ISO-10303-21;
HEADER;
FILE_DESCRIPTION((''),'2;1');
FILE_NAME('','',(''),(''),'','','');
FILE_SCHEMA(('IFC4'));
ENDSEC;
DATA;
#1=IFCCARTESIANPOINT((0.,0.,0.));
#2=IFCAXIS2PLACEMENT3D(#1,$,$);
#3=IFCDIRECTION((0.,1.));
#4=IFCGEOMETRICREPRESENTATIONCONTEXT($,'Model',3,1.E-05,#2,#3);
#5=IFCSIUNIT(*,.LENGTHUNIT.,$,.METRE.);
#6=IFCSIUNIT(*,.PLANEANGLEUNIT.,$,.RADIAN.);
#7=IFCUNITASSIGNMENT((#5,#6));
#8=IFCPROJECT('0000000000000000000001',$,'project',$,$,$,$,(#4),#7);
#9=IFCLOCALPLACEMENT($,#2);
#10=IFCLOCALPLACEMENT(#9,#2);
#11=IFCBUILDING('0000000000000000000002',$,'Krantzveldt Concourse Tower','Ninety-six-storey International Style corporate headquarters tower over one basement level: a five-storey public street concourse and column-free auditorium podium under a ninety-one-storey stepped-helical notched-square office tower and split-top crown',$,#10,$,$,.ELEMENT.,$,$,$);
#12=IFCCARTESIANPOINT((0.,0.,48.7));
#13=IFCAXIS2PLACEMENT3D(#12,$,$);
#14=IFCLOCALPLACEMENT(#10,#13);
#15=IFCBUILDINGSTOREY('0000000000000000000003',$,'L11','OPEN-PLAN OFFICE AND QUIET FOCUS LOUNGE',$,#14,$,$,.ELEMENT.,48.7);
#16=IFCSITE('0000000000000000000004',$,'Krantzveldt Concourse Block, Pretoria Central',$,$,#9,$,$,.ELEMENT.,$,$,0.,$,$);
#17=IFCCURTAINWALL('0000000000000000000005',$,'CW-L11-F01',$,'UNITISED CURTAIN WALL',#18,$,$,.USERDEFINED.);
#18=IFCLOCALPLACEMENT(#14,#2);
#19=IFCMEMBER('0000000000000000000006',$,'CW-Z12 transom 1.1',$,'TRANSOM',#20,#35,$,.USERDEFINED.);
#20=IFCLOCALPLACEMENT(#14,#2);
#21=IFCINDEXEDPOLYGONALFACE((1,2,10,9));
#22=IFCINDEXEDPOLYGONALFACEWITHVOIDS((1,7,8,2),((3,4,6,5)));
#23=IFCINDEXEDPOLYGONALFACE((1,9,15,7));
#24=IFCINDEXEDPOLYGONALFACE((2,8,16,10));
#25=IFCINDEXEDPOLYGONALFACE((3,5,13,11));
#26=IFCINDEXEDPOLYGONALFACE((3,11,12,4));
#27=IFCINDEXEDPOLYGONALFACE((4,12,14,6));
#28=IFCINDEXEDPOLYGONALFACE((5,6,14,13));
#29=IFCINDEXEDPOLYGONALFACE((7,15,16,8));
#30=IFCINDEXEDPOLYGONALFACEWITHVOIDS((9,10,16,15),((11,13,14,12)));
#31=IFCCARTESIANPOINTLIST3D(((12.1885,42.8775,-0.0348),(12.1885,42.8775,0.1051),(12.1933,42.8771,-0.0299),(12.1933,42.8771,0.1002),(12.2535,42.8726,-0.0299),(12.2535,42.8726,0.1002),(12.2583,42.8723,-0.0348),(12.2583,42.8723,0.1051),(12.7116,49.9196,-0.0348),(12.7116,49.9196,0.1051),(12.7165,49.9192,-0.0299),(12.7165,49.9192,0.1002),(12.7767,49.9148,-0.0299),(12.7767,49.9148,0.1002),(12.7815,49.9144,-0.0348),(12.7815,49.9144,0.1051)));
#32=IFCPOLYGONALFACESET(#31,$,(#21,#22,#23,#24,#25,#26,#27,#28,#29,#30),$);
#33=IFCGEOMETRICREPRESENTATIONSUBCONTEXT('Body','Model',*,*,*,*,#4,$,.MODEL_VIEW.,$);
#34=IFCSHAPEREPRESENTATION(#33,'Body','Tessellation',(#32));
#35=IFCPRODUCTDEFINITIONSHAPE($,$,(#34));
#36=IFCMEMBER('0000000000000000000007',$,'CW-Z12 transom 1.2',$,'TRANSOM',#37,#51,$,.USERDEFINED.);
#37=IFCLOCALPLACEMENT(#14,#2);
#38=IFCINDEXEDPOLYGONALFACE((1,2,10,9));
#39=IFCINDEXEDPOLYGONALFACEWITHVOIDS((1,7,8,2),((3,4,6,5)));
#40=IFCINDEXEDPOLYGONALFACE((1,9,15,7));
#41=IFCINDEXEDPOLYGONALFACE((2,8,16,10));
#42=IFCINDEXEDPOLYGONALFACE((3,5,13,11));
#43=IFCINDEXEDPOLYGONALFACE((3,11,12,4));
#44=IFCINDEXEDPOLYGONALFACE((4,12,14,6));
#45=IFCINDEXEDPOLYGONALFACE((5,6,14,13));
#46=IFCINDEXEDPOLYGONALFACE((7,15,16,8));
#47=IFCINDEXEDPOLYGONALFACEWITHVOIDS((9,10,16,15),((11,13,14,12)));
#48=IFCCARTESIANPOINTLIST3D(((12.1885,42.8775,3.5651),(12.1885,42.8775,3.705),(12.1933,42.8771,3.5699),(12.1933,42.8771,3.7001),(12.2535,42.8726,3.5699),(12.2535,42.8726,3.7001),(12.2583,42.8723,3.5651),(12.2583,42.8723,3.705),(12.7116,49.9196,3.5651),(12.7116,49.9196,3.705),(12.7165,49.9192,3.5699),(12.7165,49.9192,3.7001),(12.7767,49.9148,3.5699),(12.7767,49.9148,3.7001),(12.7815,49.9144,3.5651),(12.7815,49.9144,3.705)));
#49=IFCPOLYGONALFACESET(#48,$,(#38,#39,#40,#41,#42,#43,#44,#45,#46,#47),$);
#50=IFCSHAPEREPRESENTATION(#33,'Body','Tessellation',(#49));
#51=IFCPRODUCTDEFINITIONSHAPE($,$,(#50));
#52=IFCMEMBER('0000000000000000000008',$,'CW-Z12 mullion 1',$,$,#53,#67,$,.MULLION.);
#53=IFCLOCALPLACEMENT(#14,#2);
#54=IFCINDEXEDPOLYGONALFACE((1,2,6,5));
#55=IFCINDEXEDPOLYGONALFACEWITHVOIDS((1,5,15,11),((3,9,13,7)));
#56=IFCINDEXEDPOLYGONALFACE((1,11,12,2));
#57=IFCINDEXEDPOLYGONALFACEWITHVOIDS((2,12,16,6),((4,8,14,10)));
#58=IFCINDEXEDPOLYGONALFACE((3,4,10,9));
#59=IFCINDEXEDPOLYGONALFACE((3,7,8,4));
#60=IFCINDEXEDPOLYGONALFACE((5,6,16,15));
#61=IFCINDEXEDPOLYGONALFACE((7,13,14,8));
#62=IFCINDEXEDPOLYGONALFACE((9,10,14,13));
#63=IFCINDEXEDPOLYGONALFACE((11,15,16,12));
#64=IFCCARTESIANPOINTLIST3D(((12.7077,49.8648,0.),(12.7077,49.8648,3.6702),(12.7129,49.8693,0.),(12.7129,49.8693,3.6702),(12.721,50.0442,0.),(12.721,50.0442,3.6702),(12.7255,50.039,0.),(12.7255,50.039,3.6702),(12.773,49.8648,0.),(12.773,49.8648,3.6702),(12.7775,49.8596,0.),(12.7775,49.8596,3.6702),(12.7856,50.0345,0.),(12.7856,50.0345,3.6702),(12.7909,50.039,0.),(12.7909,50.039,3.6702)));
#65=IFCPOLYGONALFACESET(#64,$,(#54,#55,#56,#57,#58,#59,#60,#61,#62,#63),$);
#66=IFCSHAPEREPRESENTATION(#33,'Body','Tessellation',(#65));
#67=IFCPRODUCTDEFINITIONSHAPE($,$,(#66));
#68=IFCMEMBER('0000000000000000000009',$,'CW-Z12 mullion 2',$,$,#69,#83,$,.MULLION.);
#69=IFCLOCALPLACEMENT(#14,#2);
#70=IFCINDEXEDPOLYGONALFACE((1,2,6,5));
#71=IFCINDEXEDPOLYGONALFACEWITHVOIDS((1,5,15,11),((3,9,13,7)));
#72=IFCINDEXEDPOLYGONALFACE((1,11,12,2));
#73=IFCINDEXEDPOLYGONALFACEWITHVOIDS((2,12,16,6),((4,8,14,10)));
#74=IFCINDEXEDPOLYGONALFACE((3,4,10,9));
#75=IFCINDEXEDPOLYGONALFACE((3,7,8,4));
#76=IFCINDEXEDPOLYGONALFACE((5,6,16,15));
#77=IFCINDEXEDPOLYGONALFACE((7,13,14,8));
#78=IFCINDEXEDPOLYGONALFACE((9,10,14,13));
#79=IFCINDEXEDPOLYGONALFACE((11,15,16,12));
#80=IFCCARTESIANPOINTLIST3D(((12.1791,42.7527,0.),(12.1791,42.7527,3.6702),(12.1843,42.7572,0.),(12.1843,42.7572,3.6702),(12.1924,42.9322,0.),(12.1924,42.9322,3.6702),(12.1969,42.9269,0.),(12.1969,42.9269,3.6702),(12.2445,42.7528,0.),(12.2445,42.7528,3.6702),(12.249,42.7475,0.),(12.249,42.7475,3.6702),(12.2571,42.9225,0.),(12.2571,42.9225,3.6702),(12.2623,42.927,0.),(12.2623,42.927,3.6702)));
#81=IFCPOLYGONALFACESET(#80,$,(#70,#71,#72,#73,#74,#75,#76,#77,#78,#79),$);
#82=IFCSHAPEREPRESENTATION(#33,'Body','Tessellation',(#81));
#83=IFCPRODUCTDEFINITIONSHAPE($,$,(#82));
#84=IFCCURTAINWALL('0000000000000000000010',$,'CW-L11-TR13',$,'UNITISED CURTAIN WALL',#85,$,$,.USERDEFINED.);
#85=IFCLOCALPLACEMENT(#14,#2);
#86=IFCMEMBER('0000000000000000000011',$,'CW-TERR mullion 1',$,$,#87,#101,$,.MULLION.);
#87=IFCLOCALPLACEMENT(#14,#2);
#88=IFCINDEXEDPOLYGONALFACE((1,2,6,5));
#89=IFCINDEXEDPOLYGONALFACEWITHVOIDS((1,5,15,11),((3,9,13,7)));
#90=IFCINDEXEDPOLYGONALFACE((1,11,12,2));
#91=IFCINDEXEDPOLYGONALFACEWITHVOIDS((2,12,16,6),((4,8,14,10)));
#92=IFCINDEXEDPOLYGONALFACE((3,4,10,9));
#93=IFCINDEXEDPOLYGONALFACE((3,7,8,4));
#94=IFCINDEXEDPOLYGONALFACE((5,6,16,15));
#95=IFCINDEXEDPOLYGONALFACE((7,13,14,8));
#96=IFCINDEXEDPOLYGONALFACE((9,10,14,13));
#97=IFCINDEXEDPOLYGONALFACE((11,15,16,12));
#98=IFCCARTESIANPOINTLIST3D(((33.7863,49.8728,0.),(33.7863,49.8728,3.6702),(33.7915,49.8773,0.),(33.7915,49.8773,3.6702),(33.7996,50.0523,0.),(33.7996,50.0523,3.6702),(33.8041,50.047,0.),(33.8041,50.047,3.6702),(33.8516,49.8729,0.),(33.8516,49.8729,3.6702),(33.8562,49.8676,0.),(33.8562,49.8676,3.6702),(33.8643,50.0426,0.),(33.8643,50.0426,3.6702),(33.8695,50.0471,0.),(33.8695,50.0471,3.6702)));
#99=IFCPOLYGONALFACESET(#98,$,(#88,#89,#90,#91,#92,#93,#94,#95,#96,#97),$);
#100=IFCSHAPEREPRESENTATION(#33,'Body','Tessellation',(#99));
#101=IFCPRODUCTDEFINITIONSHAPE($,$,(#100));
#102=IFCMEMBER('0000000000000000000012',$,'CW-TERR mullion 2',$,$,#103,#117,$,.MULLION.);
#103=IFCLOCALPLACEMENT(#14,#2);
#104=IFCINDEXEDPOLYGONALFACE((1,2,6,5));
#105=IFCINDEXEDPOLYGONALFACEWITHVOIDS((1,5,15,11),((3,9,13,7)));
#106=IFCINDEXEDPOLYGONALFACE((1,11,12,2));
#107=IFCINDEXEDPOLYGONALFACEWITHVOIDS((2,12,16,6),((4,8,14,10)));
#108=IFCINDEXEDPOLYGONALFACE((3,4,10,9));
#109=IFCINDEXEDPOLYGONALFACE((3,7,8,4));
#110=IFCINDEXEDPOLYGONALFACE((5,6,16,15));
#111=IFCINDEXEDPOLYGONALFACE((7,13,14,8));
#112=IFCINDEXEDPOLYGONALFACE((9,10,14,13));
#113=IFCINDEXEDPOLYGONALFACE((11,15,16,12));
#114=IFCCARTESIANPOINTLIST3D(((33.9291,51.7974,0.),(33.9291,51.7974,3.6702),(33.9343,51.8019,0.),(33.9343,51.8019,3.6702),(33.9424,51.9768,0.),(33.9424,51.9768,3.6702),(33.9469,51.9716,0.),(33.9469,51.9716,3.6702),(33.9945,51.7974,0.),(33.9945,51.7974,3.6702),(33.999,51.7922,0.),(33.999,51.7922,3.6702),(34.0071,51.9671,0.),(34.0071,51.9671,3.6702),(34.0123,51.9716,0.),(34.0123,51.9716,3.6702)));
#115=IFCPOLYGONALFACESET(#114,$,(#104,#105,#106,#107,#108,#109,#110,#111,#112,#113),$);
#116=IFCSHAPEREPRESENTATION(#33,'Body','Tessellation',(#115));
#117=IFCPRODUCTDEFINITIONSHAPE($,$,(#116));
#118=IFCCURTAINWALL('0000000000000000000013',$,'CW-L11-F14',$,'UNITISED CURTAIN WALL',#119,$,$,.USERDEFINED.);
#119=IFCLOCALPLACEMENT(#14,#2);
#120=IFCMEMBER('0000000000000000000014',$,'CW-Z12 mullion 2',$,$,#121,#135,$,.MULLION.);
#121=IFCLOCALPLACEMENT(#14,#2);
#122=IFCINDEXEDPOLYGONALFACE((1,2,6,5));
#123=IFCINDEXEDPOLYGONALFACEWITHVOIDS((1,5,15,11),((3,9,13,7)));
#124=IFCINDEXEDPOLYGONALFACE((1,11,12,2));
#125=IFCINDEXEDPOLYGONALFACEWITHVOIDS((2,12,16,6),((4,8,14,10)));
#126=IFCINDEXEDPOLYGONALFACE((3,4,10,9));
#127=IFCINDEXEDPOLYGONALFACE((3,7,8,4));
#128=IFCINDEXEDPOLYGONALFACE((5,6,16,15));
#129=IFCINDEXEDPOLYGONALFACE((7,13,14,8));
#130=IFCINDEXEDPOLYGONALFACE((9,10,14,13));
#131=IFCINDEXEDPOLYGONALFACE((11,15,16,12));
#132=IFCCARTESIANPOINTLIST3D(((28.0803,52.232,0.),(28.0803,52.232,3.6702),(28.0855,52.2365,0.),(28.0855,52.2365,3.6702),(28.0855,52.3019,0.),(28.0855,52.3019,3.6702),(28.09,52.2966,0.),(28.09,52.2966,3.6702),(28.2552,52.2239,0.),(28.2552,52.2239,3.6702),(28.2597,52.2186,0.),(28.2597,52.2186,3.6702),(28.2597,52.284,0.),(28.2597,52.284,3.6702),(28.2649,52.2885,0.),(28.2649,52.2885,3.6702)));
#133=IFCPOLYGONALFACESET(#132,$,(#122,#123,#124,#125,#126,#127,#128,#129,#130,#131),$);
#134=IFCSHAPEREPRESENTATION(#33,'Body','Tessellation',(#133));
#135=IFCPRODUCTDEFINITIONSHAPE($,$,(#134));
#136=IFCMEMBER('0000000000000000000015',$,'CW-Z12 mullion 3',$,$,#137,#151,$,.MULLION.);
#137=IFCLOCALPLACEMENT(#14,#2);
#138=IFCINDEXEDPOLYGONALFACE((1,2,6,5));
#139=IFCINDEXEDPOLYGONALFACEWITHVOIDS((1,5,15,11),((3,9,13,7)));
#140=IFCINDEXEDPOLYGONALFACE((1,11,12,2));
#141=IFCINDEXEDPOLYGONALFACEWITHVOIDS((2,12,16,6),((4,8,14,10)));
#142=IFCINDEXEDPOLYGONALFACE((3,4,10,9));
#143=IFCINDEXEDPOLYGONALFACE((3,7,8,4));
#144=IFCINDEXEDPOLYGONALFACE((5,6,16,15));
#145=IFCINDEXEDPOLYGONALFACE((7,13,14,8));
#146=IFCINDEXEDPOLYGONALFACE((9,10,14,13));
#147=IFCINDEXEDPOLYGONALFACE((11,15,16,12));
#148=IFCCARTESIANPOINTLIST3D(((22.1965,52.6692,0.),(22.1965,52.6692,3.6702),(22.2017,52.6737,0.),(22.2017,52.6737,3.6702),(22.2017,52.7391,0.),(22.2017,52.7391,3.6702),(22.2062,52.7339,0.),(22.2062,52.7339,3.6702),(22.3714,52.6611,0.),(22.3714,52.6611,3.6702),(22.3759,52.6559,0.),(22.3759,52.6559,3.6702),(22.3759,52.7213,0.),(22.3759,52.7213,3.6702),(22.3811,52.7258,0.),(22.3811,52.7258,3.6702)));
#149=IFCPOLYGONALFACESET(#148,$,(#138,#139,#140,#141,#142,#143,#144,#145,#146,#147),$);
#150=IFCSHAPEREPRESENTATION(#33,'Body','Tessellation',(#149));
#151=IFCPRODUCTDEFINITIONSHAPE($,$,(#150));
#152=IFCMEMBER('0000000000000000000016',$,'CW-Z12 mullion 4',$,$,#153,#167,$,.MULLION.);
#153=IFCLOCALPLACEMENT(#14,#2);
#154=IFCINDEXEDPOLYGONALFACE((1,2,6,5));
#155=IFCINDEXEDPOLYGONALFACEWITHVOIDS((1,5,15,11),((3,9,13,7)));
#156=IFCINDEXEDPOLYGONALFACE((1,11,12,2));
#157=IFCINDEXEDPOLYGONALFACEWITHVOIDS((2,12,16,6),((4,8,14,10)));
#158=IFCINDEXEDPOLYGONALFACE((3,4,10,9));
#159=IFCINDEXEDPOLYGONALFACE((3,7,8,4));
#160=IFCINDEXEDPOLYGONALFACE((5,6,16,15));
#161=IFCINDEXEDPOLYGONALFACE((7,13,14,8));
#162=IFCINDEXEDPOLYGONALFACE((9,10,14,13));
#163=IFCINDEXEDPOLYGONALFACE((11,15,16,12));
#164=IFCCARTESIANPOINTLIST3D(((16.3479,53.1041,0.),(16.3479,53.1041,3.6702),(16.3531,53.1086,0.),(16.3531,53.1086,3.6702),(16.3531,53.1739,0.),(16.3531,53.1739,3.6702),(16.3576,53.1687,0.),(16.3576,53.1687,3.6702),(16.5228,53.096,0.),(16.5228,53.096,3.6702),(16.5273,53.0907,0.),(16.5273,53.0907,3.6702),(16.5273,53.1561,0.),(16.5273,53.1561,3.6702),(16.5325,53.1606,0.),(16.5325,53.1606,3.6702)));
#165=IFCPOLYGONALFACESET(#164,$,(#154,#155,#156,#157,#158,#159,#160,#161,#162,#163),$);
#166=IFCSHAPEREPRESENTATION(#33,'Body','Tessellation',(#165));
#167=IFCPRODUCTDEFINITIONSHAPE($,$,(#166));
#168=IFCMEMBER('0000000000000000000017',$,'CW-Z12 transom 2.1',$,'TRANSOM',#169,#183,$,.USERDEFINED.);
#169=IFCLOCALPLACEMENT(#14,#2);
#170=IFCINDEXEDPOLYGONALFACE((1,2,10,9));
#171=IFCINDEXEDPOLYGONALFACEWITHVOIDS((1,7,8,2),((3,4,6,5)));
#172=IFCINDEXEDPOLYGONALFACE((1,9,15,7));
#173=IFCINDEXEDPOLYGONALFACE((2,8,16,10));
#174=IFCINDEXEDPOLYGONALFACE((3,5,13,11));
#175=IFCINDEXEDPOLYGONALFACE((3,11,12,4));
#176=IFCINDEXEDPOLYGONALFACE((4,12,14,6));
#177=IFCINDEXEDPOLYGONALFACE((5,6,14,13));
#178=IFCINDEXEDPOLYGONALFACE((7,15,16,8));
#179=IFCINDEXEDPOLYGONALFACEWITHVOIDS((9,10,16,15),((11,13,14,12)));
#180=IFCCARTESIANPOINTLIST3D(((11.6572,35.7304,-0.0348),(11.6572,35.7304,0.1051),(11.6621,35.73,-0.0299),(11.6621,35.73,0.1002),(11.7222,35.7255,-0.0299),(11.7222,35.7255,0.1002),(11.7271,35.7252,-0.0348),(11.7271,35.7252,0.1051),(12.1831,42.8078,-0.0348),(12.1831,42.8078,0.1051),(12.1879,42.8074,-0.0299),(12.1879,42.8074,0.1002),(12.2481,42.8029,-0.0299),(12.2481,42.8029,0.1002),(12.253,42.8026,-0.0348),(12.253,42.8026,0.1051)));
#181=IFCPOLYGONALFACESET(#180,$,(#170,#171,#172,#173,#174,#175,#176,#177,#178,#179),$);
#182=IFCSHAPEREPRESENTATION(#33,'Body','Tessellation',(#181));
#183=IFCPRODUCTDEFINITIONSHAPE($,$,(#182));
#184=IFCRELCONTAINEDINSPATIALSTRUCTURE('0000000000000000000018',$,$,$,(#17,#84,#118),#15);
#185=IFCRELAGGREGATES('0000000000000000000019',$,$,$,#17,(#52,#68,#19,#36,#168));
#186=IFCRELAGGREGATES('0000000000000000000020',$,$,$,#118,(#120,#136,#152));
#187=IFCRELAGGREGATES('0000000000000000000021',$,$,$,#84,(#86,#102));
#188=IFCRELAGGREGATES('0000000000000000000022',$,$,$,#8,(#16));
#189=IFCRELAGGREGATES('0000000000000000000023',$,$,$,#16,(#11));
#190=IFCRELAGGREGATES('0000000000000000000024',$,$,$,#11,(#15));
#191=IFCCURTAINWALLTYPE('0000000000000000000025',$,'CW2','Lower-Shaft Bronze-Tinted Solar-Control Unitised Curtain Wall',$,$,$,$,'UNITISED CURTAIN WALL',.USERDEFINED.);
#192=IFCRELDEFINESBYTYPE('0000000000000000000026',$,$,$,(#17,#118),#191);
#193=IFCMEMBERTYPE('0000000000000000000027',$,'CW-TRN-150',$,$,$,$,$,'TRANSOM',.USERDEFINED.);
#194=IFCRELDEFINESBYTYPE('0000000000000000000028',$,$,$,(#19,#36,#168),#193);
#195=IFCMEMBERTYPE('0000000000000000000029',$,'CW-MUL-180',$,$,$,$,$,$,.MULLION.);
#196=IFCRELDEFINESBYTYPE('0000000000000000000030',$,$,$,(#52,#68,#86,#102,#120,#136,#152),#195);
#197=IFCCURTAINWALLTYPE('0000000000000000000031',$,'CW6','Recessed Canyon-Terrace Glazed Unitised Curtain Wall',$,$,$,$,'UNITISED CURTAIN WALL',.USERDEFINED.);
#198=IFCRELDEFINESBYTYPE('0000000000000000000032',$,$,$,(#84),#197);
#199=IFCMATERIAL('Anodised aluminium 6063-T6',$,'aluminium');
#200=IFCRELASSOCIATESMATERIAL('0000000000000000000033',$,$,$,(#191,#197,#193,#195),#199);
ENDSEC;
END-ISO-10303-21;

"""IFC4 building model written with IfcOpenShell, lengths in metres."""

from ifc_helpers import new_model, si_unit, direction, frame, origin, origin_2d, place, context, subcontext, project, spatial, hollow_rectangle, extrude, source, transform, mapped, material, material_profile, profile_set, type_object, type_shapes, element, aggregate, save


model = new_model("IFC4")

# Units and contexts
model_context = context("Model", 3, precision=1e-05, world=origin(), true_north=direction((0.0, 1.0)))
body_context = subcontext(model_context, "Body", "Model", "MODEL_VIEW")
ifc_project = project(units=[si_unit("LENGTHUNIT", "METRE"), si_unit("PLANEANGLEUNIT", "RADIAN")], contexts=[model_context])

# Site, building, storey
site_placement = place(None, origin())
site = spatial("IfcSite", under=ifc_project, at=site_placement, Name="Krantzveldt Concourse Block, Pretoria Central", CompositionType="ELEMENT", RefElevation=0.0)
building_placement = place(site_placement, origin())
building = spatial("IfcBuilding", under=site, at=building_placement, Name="Krantzveldt Concourse Tower", Description="Ninety-six-storey International Style corporate headquarters tower over one basement level: a five-storey public street concourse and column-free auditorium podium under a ninety-one-storey stepped-helical notched-square office tower and split-top crown", CompositionType="ELEMENT")
storey_placement = place(building_placement, frame((0.0, 0.0, 48.7)))
storey = spatial("IfcBuildingStorey", under=building, at=storey_placement, Name="L11", Description="OPEN-PLAN OFFICE AND QUIET FOCUS LOUNGE", CompositionType="ELEMENT", Elevation=48.7)

# Curtain walls, members
ifc_material_1 = material(Name="Anodised aluminium 6063-T6", Category="aluminium")
curtain_wall_type_1 = type_object("IfcCurtainWallType", Name="CW2", Description="Lower-Shaft Bronze-Tinted Solar-Control Unitised Curtain Wall", ElementType="UNITISED CURTAIN WALL", PredefinedType="USERDEFINED", material=ifc_material_1)
curtain_wall_1_placement = place(storey_placement, origin())
curtain_wall_1 = element("IfcCurtainWall", 1, at=curtain_wall_1_placement, inside=storey, type_object=curtain_wall_type_1, Name="CW-L11-F01", ObjectType="UNITISED CURTAIN WALL", PredefinedType="USERDEFINED")
ifc_material_profile_1 = material_profile(ifc_material_1, hollow_rectangle(XDim=0.0701, YDim=0.1399, WallThickness=0.0049, at=origin_2d()), Name="Anodised aluminium 6063-T6", Category="aluminium")
ifc_profile_set_1 = profile_set([ifc_material_profile_1], Name="Anodised aluminium 6063-T6 - ALU-TRAN 140x70x5")
member_type_1 = type_object("IfcMemberType", Name="CW-TRN-150", ElementType="TRANSOM", PredefinedType="USERDEFINED", material=ifc_profile_set_1)
shared_shape_1 = source(origin(), body_context, "Body", "SweptSolid", [
    extrude(hollow_rectangle(XDim=0.0701, YDim=0.1399, WallThickness=0.0049, at=origin_2d()), origin(), (0.0, 0.0, 1.0), 7.0615),
])
member_1_placement = place(storey_placement, frame((12.7466, 49.917, 0.0352), z_axis=(-0.074089, -0.997252, 0.0), x_axis=(0.997252, -0.074089, 0.0)))
member_1 = element("IfcMember", 2, at=member_1_placement, type_object=member_type_1, Name="CW-Z12 transom 1.1", ObjectType="TRANSOM", PredefinedType="USERDEFINED", context=body_context, shape_type="MappedRepresentation", body=[
    mapped(shared_shape_1, transform((0.0, 0.0, 0.0), x_axis=(1.0, 0.0, 0.0), y_axis=(0.0, 1.0, 0.0), z_axis=(0.0, 0.0, 1.0), scale=1.0)),
])
member_2_placement = place(storey_placement, frame((12.7466, 49.917, 3.635), z_axis=(-0.074089, -0.997252, 0.0), x_axis=(0.997252, -0.074089, 0.0)))
member_2 = element("IfcMember", 3, at=member_2_placement, type_object=member_type_1, Name="CW-Z12 transom 1.2", ObjectType="TRANSOM", PredefinedType="USERDEFINED", context=body_context, shape_type="MappedRepresentation", body=[
    mapped(shared_shape_1, transform((0.0, 0.0, 0.0), x_axis=(1.0, 0.0, 0.0), y_axis=(0.0, 1.0, 0.0), z_axis=(0.0, 0.0, 1.0), scale=1.0)),
])
ifc_material_profile_2 = material_profile(ifc_material_1, hollow_rectangle(XDim=0.0701, YDim=0.1799, WallThickness=0.0049, at=origin_2d()), Name="Anodised aluminium 6063-T6", Category="aluminium")
ifc_profile_set_2 = profile_set([ifc_material_profile_2], Name="Anodised aluminium 6063-T6 - ALU-MULL 180x70x5")
member_type_2 = type_object("IfcMemberType", Name="CW-MUL-180", PredefinedType="MULLION", material=ifc_profile_set_2)
shared_shape_2 = source(origin(), body_context, "Body", "SweptSolid", [
    extrude(hollow_rectangle(XDim=0.0701, YDim=0.1799, WallThickness=0.0049, at=origin_2d()), origin(), (0.0, 0.0, 1.0), 3.6702),
])
type_shapes(member_type_2, [shared_shape_2])
member_3_placement = place(storey_placement, frame((12.7493, 49.9519, 0.0), z_axis=(0.0, 0.0, 1.0), x_axis=(0.99725, -0.074109, 0.0)))
member_3 = element("IfcMember", 4, at=member_3_placement, type_object=member_type_2, Name="CW-Z12 mullion 1", PredefinedType="MULLION", context=body_context, shape_type="MappedRepresentation", body=[
    mapped(shared_shape_2, transform((0.0, 0.0, 0.0), x_axis=(1.0, 0.0, 0.0), y_axis=(0.0, 1.0, 0.0), z_axis=(0.0, 0.0, 1.0), scale=1.0)),
])
member_4_placement = place(storey_placement, frame((12.2207, 42.8398, 0.0), z_axis=(0.0, 0.0, 1.0), x_axis=(0.99725, -0.074109, 0.0)))
member_4 = element("IfcMember", 5, at=member_4_placement, type_object=member_type_2, Name="CW-Z12 mullion 2", PredefinedType="MULLION", context=body_context, shape_type="MappedRepresentation", body=[
    mapped(shared_shape_2, transform((0.0, 0.0, 0.0), x_axis=(1.0, 0.0, 0.0), y_axis=(0.0, 1.0, 0.0), z_axis=(0.0, 0.0, 1.0), scale=1.0)),
])
curtain_wall_type_2 = type_object("IfcCurtainWallType", Name="CW6", Description="Recessed Canyon-Terrace Glazed Unitised Curtain Wall", ElementType="UNITISED CURTAIN WALL", PredefinedType="USERDEFINED", material=ifc_material_1)
curtain_wall_2_placement = place(storey_placement, origin())
curtain_wall_2 = element("IfcCurtainWall", 6, at=curtain_wall_2_placement, inside=storey, type_object=curtain_wall_type_2, Name="CW-L11-TR13", ObjectType="UNITISED CURTAIN WALL", PredefinedType="USERDEFINED")
member_5_placement = place(storey_placement, frame((33.8279, 49.96, 0.0), z_axis=(0.0, 0.0, 1.0), x_axis=(-0.99725, 0.07411, 0.0)))
member_5 = element("IfcMember", 7, at=member_5_placement, type_object=member_type_2, Name="CW-TERR mullion 1", PredefinedType="MULLION", context=body_context, shape_type="MappedRepresentation", body=[
    mapped(shared_shape_2, transform((0.0, 0.0, 0.0), x_axis=(1.0, 0.0, 0.0), y_axis=(0.0, 1.0, 0.0), z_axis=(0.0, 0.0, 1.0), scale=1.0)),
])
member_6_placement = place(storey_placement, frame((33.9707, 51.8845, 0.0), z_axis=(0.0, 0.0, 1.0), x_axis=(-0.99725, 0.07411, 0.0)))
member_6 = element("IfcMember", 8, at=member_6_placement, type_object=member_type_2, Name="CW-TERR mullion 2", PredefinedType="MULLION", context=body_context, shape_type="MappedRepresentation", body=[
    mapped(shared_shape_2, transform((0.0, 0.0, 0.0), x_axis=(1.0, 0.0, 0.0), y_axis=(0.0, 1.0, 0.0), z_axis=(0.0, 0.0, 1.0), scale=1.0)),
])
curtain_wall_3_placement = place(storey_placement, origin())
curtain_wall_3 = element("IfcCurtainWall", 9, at=curtain_wall_3_placement, inside=storey, type_object=curtain_wall_type_1, Name="CW-L11-F14", ObjectType="UNITISED CURTAIN WALL", PredefinedType="USERDEFINED")
member_7_placement = place(storey_placement, frame((28.1726, 52.2603, 0.0), z_axis=(0.0, 0.0, 1.0), x_axis=(-0.074108, -0.99725, 0.0)))
member_7 = element("IfcMember", 10, at=member_7_placement, type_object=member_type_2, Name="CW-Z12 mullion 2", PredefinedType="MULLION", context=body_context, shape_type="MappedRepresentation", body=[
    mapped(shared_shape_2, transform((0.0, 0.0, 0.0), x_axis=(1.0, 0.0, 0.0), y_axis=(0.0, 1.0, 0.0), z_axis=(0.0, 0.0, 1.0), scale=1.0)),
])
member_8_placement = place(storey_placement, frame((22.2888, 52.6975, 0.0), z_axis=(0.0, 0.0, 1.0), x_axis=(-0.074108, -0.99725, 0.0)))
member_8 = element("IfcMember", 11, at=member_8_placement, type_object=member_type_2, Name="CW-Z12 mullion 3", PredefinedType="MULLION", context=body_context, shape_type="MappedRepresentation", body=[
    mapped(shared_shape_2, transform((0.0, 0.0, 0.0), x_axis=(1.0, 0.0, 0.0), y_axis=(0.0, 1.0, 0.0), z_axis=(0.0, 0.0, 1.0), scale=1.0)),
])
member_9_placement = place(storey_placement, frame((16.4402, 53.1323, 0.0), z_axis=(0.0, 0.0, 1.0), x_axis=(-0.074108, -0.99725, 0.0)))
member_9 = element("IfcMember", 12, at=member_9_placement, type_object=member_type_2, Name="CW-Z12 mullion 4", PredefinedType="MULLION", context=body_context, shape_type="MappedRepresentation", body=[
    mapped(shared_shape_2, transform((0.0, 0.0, 0.0), x_axis=(1.0, 0.0, 0.0), y_axis=(0.0, 1.0, 0.0), z_axis=(0.0, 0.0, 1.0), scale=1.0)),
])

# Member
shared_shape_3 = source(origin(), body_context, "Body", "SweptSolid", [
    extrude(hollow_rectangle(XDim=0.0701, YDim=0.1399, WallThickness=0.0049, at=origin_2d()), origin(), (0.0, 0.0, 1.0), 7.0969),
])
member_10_placement = place(storey_placement, frame((12.218, 42.8052, 0.0352), z_axis=(-0.0741, -0.997251, 0.0), x_axis=(0.997251, -0.0741, 0.0)))
member_10 = element("IfcMember", 13, at=member_10_placement, type_object=member_type_1, Name="CW-Z12 transom 2.1", ObjectType="TRANSOM", PredefinedType="USERDEFINED", context=body_context, shape_type="MappedRepresentation", body=[
    mapped(shared_shape_3, transform((0.0, 0.0, 0.0), x_axis=(1.0, 0.0, 0.0), y_axis=(0.0, 1.0, 0.0), z_axis=(0.0, 0.0, 1.0), scale=1.0)),
])

aggregate(curtain_wall_1, [member_3, member_4, member_1, member_2, member_10])
aggregate(curtain_wall_3, [member_7, member_8, member_9])
aggregate(curtain_wall_2, [member_5, member_6])

save(model, "model.ifc")
